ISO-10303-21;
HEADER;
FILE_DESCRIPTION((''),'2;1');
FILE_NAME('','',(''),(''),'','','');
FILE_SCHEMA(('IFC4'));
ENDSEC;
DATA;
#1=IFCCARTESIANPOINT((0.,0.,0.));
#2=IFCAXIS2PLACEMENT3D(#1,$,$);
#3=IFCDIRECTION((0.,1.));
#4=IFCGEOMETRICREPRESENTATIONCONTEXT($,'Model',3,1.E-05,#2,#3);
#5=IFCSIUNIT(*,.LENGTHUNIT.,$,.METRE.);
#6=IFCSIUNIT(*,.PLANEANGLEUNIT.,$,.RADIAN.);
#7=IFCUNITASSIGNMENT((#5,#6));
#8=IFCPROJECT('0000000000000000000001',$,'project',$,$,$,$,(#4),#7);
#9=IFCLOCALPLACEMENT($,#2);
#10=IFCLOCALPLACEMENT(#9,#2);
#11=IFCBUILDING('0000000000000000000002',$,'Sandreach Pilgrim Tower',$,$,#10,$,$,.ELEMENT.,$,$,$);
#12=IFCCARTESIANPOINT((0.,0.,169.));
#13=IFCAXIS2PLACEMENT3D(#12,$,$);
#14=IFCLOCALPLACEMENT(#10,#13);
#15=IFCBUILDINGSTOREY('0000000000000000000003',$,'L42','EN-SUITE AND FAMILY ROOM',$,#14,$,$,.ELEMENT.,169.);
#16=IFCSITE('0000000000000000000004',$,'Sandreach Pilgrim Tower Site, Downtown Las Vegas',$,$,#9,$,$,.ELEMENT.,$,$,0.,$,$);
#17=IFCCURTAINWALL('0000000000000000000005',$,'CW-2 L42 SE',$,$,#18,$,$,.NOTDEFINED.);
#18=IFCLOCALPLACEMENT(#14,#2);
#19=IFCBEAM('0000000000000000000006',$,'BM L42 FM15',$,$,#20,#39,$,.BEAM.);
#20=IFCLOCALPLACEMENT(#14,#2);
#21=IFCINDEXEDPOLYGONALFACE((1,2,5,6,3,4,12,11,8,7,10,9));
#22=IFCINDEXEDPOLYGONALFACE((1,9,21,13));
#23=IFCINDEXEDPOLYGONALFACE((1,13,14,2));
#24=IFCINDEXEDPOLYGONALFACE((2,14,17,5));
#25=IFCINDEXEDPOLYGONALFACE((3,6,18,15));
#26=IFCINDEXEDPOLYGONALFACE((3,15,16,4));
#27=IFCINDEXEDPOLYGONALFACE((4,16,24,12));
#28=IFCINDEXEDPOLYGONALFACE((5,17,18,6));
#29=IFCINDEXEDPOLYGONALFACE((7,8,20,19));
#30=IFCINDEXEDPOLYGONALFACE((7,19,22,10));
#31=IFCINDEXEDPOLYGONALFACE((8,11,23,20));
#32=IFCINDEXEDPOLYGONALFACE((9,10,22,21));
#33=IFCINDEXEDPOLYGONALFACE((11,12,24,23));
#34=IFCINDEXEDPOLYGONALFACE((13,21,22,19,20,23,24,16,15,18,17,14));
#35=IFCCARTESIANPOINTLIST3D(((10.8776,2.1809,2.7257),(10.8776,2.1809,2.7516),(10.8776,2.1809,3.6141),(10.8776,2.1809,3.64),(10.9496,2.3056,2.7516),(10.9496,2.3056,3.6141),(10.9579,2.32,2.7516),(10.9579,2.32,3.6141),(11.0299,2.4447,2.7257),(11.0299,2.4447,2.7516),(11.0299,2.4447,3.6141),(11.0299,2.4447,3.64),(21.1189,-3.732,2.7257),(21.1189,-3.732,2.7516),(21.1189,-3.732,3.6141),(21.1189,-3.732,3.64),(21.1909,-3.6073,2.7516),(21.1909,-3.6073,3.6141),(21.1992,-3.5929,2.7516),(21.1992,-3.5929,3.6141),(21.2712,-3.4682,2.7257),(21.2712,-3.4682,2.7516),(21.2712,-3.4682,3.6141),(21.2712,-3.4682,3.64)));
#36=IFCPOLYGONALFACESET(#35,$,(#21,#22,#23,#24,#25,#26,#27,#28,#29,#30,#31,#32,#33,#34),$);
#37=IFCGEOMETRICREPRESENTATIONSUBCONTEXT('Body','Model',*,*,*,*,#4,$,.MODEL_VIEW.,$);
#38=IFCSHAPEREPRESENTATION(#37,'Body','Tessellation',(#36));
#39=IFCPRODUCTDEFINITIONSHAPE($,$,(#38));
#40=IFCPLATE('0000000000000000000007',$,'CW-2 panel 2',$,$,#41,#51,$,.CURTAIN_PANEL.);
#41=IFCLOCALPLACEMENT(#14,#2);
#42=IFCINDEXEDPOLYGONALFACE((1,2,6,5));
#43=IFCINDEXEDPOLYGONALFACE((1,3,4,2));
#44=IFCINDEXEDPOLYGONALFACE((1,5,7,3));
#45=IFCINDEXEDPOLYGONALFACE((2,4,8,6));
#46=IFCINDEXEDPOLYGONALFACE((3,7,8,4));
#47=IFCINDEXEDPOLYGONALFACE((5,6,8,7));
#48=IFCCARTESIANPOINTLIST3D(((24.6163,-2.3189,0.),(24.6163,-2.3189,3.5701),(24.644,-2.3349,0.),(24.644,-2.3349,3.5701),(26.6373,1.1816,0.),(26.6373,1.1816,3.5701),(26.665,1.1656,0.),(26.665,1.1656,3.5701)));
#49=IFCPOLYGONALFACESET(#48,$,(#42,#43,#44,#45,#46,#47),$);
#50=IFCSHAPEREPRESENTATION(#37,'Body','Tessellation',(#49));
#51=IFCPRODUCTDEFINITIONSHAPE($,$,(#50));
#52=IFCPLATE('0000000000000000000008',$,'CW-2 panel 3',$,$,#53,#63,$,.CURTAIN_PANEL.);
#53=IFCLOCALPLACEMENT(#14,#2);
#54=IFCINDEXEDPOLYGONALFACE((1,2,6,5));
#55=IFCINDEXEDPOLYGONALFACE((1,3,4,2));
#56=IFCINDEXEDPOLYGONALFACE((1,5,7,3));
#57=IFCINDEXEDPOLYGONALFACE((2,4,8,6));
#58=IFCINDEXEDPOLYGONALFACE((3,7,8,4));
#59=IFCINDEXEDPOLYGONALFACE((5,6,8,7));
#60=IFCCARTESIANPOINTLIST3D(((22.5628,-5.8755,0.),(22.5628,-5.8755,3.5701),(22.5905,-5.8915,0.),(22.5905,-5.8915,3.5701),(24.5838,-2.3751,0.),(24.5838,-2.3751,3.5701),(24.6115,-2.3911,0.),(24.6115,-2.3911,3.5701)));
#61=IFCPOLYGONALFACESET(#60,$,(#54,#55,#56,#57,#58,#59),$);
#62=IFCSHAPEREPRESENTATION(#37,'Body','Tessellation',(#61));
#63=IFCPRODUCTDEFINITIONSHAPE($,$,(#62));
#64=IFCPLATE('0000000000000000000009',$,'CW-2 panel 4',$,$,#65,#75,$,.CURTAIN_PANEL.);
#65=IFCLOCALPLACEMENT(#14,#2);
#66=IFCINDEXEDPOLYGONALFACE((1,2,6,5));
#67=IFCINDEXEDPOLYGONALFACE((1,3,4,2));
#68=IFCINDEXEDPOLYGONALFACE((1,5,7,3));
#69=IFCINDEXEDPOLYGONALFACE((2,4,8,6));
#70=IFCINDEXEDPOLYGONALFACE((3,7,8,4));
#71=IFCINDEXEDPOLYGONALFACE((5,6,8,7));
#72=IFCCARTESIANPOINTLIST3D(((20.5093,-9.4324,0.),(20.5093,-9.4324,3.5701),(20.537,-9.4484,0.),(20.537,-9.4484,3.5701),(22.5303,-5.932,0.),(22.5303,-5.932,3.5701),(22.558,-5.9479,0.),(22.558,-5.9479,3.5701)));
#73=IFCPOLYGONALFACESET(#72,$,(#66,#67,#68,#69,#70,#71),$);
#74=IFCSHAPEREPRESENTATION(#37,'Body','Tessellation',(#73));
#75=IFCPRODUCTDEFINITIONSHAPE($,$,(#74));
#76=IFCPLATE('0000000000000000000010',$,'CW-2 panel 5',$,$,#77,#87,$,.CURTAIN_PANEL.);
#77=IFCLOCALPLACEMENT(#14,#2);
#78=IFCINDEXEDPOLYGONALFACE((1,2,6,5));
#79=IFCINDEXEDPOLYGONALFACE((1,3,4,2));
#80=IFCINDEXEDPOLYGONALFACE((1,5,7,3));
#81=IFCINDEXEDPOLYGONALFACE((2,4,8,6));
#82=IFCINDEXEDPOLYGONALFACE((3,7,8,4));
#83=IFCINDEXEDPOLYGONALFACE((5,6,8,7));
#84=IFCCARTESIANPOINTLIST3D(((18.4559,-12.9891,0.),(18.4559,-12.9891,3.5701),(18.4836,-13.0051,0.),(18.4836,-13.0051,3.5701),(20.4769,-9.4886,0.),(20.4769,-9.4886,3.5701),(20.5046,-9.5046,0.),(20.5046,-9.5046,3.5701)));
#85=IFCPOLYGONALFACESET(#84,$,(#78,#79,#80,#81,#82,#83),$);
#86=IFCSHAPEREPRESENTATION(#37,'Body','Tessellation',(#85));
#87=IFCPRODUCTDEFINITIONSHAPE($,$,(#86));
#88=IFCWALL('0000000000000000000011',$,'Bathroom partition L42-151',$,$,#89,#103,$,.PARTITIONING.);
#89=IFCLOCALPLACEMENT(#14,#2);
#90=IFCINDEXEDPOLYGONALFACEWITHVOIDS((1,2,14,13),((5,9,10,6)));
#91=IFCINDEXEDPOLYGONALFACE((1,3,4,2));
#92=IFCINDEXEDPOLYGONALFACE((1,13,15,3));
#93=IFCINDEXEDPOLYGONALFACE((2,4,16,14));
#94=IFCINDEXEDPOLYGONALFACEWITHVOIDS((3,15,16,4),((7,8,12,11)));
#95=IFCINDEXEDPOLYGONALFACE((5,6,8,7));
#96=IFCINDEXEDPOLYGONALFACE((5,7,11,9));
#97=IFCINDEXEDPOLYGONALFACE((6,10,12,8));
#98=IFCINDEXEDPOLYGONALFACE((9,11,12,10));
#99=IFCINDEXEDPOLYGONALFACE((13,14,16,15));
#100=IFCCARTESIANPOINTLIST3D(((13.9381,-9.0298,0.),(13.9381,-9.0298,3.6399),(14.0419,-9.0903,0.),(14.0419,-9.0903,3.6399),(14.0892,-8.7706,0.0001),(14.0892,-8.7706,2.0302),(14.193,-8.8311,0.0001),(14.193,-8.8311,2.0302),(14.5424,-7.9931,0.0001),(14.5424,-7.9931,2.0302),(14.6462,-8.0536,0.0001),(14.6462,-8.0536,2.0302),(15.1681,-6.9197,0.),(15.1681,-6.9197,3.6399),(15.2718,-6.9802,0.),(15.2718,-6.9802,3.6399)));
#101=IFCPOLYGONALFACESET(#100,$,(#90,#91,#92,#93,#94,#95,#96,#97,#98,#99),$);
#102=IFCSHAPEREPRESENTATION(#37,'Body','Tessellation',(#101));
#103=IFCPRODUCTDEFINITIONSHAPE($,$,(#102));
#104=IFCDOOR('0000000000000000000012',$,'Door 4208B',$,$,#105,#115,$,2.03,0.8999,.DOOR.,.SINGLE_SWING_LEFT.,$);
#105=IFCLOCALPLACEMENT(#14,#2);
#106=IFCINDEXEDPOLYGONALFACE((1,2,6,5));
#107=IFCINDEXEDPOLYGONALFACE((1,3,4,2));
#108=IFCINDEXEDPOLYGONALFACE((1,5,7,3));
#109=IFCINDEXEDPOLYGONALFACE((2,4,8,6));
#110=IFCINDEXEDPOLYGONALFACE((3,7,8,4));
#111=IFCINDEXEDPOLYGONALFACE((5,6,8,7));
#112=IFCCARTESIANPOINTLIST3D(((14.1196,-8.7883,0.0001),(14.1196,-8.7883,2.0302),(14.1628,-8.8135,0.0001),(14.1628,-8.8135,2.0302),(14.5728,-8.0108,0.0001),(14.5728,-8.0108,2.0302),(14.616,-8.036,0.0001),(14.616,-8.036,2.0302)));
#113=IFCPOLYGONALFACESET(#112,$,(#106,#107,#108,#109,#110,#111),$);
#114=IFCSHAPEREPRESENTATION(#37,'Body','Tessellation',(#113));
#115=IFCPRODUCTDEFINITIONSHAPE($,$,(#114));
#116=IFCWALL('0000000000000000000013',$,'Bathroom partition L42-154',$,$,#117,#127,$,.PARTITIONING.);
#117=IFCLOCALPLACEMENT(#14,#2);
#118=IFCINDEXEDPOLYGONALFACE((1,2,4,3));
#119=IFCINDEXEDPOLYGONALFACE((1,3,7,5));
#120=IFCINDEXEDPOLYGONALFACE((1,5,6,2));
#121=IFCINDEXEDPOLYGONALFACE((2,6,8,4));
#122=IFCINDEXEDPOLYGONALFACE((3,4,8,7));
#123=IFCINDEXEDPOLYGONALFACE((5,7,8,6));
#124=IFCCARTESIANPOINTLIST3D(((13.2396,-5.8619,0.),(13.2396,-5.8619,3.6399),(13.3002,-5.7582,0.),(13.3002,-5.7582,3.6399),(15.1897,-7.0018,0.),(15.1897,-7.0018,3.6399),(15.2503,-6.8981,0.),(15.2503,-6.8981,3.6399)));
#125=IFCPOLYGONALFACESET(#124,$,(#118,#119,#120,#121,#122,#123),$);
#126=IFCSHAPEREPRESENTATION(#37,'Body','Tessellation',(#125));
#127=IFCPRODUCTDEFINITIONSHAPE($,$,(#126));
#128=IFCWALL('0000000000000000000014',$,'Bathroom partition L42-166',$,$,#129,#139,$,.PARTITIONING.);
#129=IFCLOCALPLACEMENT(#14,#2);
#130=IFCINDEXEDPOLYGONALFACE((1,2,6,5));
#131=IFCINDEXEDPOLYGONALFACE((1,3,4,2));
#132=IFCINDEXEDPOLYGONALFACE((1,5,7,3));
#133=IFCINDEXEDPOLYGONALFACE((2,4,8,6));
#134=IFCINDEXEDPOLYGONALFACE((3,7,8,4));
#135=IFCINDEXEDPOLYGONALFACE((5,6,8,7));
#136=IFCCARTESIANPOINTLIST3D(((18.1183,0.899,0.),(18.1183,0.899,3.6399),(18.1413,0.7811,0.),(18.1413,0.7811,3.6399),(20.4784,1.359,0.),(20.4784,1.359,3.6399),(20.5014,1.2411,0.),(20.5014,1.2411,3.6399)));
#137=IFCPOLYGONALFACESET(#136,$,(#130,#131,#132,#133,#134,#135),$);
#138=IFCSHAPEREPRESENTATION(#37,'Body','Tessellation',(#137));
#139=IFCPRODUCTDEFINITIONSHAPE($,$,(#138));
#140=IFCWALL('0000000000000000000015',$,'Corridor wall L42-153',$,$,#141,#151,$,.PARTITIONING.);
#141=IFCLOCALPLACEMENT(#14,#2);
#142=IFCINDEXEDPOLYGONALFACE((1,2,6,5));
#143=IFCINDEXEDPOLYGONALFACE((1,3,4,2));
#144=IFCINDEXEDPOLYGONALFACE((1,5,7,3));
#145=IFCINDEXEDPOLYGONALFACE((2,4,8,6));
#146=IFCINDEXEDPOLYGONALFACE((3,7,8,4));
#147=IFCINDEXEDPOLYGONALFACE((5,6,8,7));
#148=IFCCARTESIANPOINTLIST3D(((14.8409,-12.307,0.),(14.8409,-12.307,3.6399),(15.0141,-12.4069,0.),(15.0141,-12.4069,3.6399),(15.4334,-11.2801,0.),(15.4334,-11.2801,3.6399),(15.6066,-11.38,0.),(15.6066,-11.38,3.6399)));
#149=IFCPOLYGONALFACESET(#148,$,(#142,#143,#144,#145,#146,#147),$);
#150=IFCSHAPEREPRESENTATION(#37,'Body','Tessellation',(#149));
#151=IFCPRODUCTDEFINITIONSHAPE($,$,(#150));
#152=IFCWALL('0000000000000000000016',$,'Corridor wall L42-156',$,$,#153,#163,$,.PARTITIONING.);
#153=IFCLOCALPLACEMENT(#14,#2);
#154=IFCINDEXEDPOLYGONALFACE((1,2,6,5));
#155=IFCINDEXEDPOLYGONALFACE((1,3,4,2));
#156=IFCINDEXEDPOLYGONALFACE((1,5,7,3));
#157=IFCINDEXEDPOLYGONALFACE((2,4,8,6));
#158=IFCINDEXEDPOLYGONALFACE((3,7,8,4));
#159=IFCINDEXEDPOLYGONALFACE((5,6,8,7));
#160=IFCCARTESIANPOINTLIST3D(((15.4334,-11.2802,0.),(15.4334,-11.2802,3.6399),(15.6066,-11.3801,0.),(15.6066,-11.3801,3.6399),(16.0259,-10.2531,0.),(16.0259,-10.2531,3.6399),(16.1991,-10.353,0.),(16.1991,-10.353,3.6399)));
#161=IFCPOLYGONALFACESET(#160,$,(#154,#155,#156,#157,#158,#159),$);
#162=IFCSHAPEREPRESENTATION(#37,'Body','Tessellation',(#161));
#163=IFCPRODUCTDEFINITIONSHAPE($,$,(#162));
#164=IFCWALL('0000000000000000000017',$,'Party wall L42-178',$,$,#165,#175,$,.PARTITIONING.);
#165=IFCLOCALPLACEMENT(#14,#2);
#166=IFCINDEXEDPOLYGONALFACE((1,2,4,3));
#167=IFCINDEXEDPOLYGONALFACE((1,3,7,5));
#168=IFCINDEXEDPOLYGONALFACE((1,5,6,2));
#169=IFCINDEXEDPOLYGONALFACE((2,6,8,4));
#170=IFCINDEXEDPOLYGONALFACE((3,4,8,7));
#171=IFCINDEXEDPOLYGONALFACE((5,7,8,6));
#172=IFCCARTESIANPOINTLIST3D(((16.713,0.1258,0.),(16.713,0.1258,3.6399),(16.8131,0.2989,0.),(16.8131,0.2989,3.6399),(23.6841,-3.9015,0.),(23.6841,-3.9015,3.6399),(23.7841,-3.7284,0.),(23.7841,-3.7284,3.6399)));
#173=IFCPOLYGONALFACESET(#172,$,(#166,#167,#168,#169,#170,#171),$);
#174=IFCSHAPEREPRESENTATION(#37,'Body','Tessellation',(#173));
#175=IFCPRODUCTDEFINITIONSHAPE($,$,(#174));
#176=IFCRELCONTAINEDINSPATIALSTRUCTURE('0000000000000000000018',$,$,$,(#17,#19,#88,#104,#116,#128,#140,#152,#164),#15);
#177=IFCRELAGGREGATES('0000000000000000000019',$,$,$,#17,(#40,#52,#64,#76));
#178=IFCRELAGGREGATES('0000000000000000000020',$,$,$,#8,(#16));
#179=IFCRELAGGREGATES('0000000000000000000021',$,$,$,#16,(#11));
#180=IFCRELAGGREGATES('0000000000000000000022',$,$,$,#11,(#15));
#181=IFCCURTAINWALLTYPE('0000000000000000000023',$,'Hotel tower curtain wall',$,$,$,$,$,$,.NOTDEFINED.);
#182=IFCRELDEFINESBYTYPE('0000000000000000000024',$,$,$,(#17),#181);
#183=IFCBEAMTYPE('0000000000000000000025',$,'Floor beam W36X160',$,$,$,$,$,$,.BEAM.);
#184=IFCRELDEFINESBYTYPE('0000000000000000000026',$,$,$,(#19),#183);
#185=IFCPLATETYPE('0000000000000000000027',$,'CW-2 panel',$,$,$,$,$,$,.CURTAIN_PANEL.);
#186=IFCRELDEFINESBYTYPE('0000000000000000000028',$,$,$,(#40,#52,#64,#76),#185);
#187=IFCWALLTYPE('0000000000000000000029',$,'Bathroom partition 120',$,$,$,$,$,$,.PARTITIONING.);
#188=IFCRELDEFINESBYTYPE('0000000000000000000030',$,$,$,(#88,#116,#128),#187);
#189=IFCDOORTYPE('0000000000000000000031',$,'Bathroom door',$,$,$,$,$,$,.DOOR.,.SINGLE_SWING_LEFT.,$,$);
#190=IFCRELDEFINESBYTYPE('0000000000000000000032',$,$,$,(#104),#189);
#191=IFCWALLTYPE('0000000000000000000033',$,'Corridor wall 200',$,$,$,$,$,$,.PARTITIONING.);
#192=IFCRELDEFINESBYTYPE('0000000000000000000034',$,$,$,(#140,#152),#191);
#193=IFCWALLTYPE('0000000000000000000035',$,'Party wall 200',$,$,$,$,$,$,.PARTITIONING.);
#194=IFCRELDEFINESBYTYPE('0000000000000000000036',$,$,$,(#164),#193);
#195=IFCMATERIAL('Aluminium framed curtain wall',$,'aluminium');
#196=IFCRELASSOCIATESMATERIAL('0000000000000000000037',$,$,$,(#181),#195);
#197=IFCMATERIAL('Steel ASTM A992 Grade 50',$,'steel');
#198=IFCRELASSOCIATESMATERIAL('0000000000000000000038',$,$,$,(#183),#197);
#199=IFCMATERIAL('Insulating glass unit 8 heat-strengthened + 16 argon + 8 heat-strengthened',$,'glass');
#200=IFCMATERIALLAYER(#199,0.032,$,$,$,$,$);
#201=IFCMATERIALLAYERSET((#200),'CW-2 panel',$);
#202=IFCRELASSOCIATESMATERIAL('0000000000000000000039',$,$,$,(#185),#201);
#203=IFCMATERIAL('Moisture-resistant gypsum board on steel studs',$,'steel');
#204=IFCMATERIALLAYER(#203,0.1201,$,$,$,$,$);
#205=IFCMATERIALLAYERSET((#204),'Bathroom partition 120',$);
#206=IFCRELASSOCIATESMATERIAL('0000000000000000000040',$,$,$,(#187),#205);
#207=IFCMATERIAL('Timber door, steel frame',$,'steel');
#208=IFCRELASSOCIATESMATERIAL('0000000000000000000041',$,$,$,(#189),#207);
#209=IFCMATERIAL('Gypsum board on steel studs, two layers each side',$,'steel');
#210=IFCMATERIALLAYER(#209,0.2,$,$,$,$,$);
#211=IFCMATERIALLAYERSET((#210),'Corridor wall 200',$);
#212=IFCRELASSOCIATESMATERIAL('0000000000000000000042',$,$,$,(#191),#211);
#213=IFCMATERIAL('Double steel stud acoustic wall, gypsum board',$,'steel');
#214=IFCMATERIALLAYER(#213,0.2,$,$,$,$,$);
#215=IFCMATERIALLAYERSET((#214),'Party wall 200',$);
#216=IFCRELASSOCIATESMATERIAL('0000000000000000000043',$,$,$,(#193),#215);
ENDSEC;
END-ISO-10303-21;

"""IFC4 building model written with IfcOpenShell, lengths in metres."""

from ifc_helpers import new_model, si_unit, direction, frame, frame_2d, origin, origin_2d, place, context, subcontext, project, spatial, rectangle, i_section, extrude, material, layer, layer_set, material_profile, profile_set, type_object, element, fill, aggregate, save


model = new_model("IFC4")

# Units and contexts
model_context = context("Model", 3, precision=1e-05, world=origin(), true_north=direction((0.0, 1.0)))
body_context = subcontext(model_context, "Body", "Model", "MODEL_VIEW")
ifc_project = project(units=[si_unit("LENGTHUNIT", "METRE"), si_unit("PLANEANGLEUNIT", "RADIAN")], contexts=[model_context])

# Site, building, storey
site_placement = place(None, origin())
site = spatial("IfcSite", under=ifc_project, at=site_placement, Name="Sandreach Pilgrim Tower Site, Downtown Las Vegas", CompositionType="ELEMENT", RefElevation=0.0)
building_placement = place(site_placement, origin())
building = spatial("IfcBuilding", under=site, at=building_placement, Name="Sandreach Pilgrim Tower", CompositionType="ELEMENT")
storey_placement = place(building_placement, frame((0.0, 0.0, 169.0)))
storey = spatial("IfcBuildingStorey", under=building, at=storey_placement, Name="L42", Description="EN-SUITE AND FAMILY ROOM", CompositionType="ELEMENT", Elevation=169.0)

# Curtain wall
ifc_material_1 = material(Name="Aluminium framed curtain wall", Category="aluminium")
curtain_wall_type = type_object("IfcCurtainWallType", Name="Hotel tower curtain wall", PredefinedType="NOTDEFINED", material=ifc_material_1)
curtain_wall_placement = place(storey_placement, origin())
curtain_wall = element("IfcCurtainWall", 1, at=curtain_wall_placement, inside=storey, type_object=curtain_wall_type, Name="CW-2 L42 SE", PredefinedType="NOTDEFINED")

# Beam
ifc_material_2 = material(Name="Steel ASTM A992 Grade 50", Category="steel")
ifc_material_profile_1 = material_profile(ifc_material_2, i_section(OverallWidth=0.3047, OverallDepth=0.9143, WebThickness=0.0166, FlangeThickness=0.0259, at=origin_2d()), Name="W36X160")
ifc_profile_set_1 = profile_set([ifc_material_profile_1], Name="Steel ASTM A992 Grade 50")
beam_type_1 = type_object("IfcBeamType", Name="Floor beam W36X160", PredefinedType="BEAM", material=ifc_profile_set_1)
beam_1_placement = place(storey_placement, frame((21.1951, -3.6001, 3.1829), z_axis=(-0.866023, 0.500005, 0.0), x_axis=(-0.500005, -0.866023, 0.0)))
element("IfcBeam", 2, at=beam_1_placement, inside=storey, type_object=beam_type_1, Name="BM L42 FM15", PredefinedType="BEAM", context=body_context, shape_type="SweptSolid", body=[
    extrude(i_section(OverallWidth=0.3047, OverallDepth=0.9143, WebThickness=0.0166, FlangeThickness=0.0259, at=origin_2d()), origin(), (0.0, 0.0, 1.0), 11.8257),
])

# Plates
ifc_material_3 = material(Name="Insulating glass unit 8 heat-strengthened + 16 argon + 8 heat-strengthened", Category="glass")
ifc_layer_1 = layer(ifc_material_3, 0.032)
ifc_layer_set_1 = layer_set([ifc_layer_1], Name="CW-2 panel")
plate_type = type_object("IfcPlateType", Name="CW-2 panel", PredefinedType="CURTAIN_PANEL", material=ifc_layer_set_1)
plate_1_placement = place(storey_placement, frame((25.6406, -0.5767, 0.0), z_axis=(0.0, 0.0, 1.0), x_axis=(-0.5, -0.866025, 0.0)))
plate_1 = element("IfcPlate", 3, at=plate_1_placement, type_object=plate_type, Name="CW-2 panel 2", PredefinedType="CURTAIN_PANEL", context=body_context, shape_type="SweptSolid", body=[
    extrude(rectangle(XDim=4.042, YDim=0.032, at=origin_2d()), origin(), (0.0, 0.0, 1.0), 3.5701),
])
plate_2_placement = place(storey_placement, frame((23.5872, -4.1333, 0.0), z_axis=(0.0, 0.0, 1.0), x_axis=(-0.5, -0.866025, 0.0)))
plate_2 = element("IfcPlate", 4, at=plate_2_placement, type_object=plate_type, Name="CW-2 panel 3", PredefinedType="CURTAIN_PANEL", context=body_context, shape_type="SweptSolid", body=[
    extrude(rectangle(XDim=4.042, YDim=0.032, at=origin_2d()), origin(), (0.0, 0.0, 1.0), 3.5701),
])
plate_3_placement = place(storey_placement, frame((21.5337, -7.6902, 0.0), z_axis=(0.0, 0.0, 1.0), x_axis=(-0.5, -0.866025, 0.0)))
plate_3 = element("IfcPlate", 5, at=plate_3_placement, type_object=plate_type, Name="CW-2 panel 4", PredefinedType="CURTAIN_PANEL", context=body_context, shape_type="SweptSolid", body=[
    extrude(rectangle(XDim=4.042, YDim=0.032, at=origin_2d()), origin(), (0.0, 0.0, 1.0), 3.5701),
])
plate_4_placement = place(storey_placement, frame((19.4802, -11.2468, 0.0), z_axis=(0.0, 0.0, 1.0), x_axis=(-0.5, -0.866025, 0.0)))
plate_4 = element("IfcPlate", 6, at=plate_4_placement, type_object=plate_type, Name="CW-2 panel 5", PredefinedType="CURTAIN_PANEL", context=body_context, shape_type="SweptSolid", body=[
    extrude(rectangle(XDim=4.042, YDim=0.032, at=origin_2d()), origin(), (0.0, 0.0, 1.0), 3.5701),
])
aggregate(curtain_wall, [plate_1, plate_2, plate_3, plate_4])

# Wall, opening, door
ifc_material_4 = material(Name="Moisture-resistant gypsum board on steel studs", Category="steel")
ifc_layer_2 = layer(ifc_material_4, 0.1201)
ifc_layer_set_2 = layer_set([ifc_layer_2], Name="Bathroom partition 120")
wall_type_1 = type_object("IfcWallType", Name="Bathroom partition 120", PredefinedType="PARTITIONING", material=ifc_layer_set_2)
wall_1_placement = place(storey_placement, frame((13.99, -9.0601, 0.0), z_axis=(0.0, 0.0, 1.0), x_axis=(0.503591, 0.863942, 0.0)))
wall_1 = element("IfcWall", 7, at=wall_1_placement, inside=storey, type_object=wall_type_1, Name="Bathroom partition L42-151", PredefinedType="PARTITIONING", context=body_context, shape_type="SweptSolid", body=[
    extrude(rectangle(XDim=2.4424, YDim=0.1201, at=frame_2d((1.2212, 0.0))), origin(), (0.0, 0.0, 1.0), 3.6399),
])
opening_1_placement = place(wall_1_placement, frame((0.3, 0.0, 0.0)))
opening_1 = element("IfcOpeningElement", 8, at=opening_1_placement, cuts=wall_1, PredefinedType="OPENING", context=body_context, shape_type="SweptSolid", body=[
    extrude(rectangle(XDim=0.8999, YDim=2.03, at=frame_2d((0.45, 1.0151))), frame((0.0, 0.0601, 0.0), z_axis=(0.0, -1.0, 0.0), x_axis=(1.0, 0.0, 0.0)), (0.0, 0.0, 1.0), 0.1201),
])
ifc_material_5 = material(Name="Timber door, steel frame", Category="steel")
door_type_1 = type_object("IfcDoorType", Name="Bathroom door", OperationType="SINGLE_SWING_LEFT", PredefinedType="DOOR", material=ifc_material_5)
door_1_placement = place(opening_1_placement, origin())
door_1 = element("IfcDoor", 9, at=door_1_placement, inside=storey, type_object=door_type_1, Name="Door 4208B", OperationType="SINGLE_SWING_LEFT", OverallHeight=2.03, OverallWidth=0.8999, PredefinedType="DOOR", context=body_context, shape_type="SweptSolid", body=[
    extrude(rectangle(XDim=0.8999, YDim=2.03, at=frame_2d((0.45, 1.0151))), frame((0.0, 0.0249, 0.0), z_axis=(0.0, -1.0, 0.0), x_axis=(1.0, 0.0, 0.0)), (0.0, 0.0, 1.0), 0.05),
])
fill(opening_1, door_1)

# Walls
wall_2_placement = place(storey_placement, frame((15.22, -6.95, 0.0), z_axis=(0.0, 0.0, 1.0), x_axis=(-0.863312, 0.504671, 0.0)))
element("IfcWall", 10, at=wall_2_placement, inside=storey, type_object=wall_type_1, Name="Bathroom partition L42-154", PredefinedType="PARTITIONING", context=body_context, shape_type="SweptSolid", body=[
    extrude(rectangle(XDim=2.2588, YDim=0.1201, at=frame_2d((1.1294, 0.0))), origin(), (0.0, 0.0, 1.0), 3.6399),
])
wall_3_placement = place(storey_placement, frame((18.1299, 0.8401, 0.0), z_axis=(0.0, 0.0, 1.0), x_axis=(0.981533, 0.191291, 0.0)))
element("IfcWall", 11, at=wall_3_placement, inside=storey, type_object=wall_type_1, Name="Bathroom partition L42-166", PredefinedType="PARTITIONING", context=body_context, shape_type="SweptSolid", body=[
    extrude(rectangle(XDim=2.4045, YDim=0.1201, at=frame_2d((1.2021, 0.0))), origin(), (0.0, 0.0, 1.0), 3.6399),
])
ifc_material_6 = material(Name="Gypsum board on steel studs, two layers each side", Category="steel")
ifc_layer_3 = layer(ifc_material_6, 0.2)
ifc_layer_set_3 = layer_set([ifc_layer_3], Name="Corridor wall 200")
wall_type_2 = type_object("IfcWallType", Name="Corridor wall 200", PredefinedType="PARTITIONING", material=ifc_layer_set_3)
wall_4_placement = place(storey_placement, frame((14.9275, -12.3569, 0.0), z_axis=(0.0, 0.0, 1.0), x_axis=(0.499794, 0.866144, 0.0)))
element("IfcWall", 12, at=wall_4_placement, inside=storey, type_object=wall_type_2, Name="Corridor wall L42-153", PredefinedType="PARTITIONING", context=body_context, shape_type="SweptSolid", body=[
    extrude(rectangle(XDim=1.1855, YDim=0.2, at=frame_2d((0.5928, 0.0))), origin(), (0.0, 0.0, 1.0), 3.6399),
])
wall_5_placement = place(storey_placement, frame((15.52, -11.3301, 0.0), z_axis=(0.0, 0.0, 1.0), x_axis=(0.499705, 0.866196, 0.0)))
element("IfcWall", 13, at=wall_5_placement, inside=storey, type_object=wall_type_2, Name="Corridor wall L42-156", PredefinedType="PARTITIONING", context=body_context, shape_type="SweptSolid", body=[
    extrude(rectangle(XDim=1.1858, YDim=0.2, at=frame_2d((0.5928, 0.0))), origin(), (0.0, 0.0, 1.0), 3.6399),
])

# Wall
ifc_material_7 = material(Name="Double steel stud acoustic wall, gypsum board", Category="steel")
ifc_layer_4 = layer(ifc_material_7, 0.2)
ifc_layer_set_4 = layer_set([ifc_layer_4], Name="Party wall 200")
wall_type_3 = type_object("IfcWallType", Name="Party wall 200", PredefinedType="PARTITIONING", material=ifc_layer_set_4)
wall_6_placement = place(storey_placement, frame((23.7341, -3.8149, 0.0), z_axis=(0.0, 0.0, 1.0), x_axis=(-0.86589, 0.500235, 0.0)))
element("IfcWall", 14, at=wall_6_placement, inside=storey, type_object=wall_type_3, Name="Party wall L42-178", PredefinedType="PARTITIONING", context=body_context, shape_type="SweptSolid", body=[
    extrude(rectangle(XDim=8.0508, YDim=0.2, at=frame_2d((4.0254, 0.0))), origin(), (0.0, 0.0, 1.0), 3.6399),
])

save(model, "model.ifc")
